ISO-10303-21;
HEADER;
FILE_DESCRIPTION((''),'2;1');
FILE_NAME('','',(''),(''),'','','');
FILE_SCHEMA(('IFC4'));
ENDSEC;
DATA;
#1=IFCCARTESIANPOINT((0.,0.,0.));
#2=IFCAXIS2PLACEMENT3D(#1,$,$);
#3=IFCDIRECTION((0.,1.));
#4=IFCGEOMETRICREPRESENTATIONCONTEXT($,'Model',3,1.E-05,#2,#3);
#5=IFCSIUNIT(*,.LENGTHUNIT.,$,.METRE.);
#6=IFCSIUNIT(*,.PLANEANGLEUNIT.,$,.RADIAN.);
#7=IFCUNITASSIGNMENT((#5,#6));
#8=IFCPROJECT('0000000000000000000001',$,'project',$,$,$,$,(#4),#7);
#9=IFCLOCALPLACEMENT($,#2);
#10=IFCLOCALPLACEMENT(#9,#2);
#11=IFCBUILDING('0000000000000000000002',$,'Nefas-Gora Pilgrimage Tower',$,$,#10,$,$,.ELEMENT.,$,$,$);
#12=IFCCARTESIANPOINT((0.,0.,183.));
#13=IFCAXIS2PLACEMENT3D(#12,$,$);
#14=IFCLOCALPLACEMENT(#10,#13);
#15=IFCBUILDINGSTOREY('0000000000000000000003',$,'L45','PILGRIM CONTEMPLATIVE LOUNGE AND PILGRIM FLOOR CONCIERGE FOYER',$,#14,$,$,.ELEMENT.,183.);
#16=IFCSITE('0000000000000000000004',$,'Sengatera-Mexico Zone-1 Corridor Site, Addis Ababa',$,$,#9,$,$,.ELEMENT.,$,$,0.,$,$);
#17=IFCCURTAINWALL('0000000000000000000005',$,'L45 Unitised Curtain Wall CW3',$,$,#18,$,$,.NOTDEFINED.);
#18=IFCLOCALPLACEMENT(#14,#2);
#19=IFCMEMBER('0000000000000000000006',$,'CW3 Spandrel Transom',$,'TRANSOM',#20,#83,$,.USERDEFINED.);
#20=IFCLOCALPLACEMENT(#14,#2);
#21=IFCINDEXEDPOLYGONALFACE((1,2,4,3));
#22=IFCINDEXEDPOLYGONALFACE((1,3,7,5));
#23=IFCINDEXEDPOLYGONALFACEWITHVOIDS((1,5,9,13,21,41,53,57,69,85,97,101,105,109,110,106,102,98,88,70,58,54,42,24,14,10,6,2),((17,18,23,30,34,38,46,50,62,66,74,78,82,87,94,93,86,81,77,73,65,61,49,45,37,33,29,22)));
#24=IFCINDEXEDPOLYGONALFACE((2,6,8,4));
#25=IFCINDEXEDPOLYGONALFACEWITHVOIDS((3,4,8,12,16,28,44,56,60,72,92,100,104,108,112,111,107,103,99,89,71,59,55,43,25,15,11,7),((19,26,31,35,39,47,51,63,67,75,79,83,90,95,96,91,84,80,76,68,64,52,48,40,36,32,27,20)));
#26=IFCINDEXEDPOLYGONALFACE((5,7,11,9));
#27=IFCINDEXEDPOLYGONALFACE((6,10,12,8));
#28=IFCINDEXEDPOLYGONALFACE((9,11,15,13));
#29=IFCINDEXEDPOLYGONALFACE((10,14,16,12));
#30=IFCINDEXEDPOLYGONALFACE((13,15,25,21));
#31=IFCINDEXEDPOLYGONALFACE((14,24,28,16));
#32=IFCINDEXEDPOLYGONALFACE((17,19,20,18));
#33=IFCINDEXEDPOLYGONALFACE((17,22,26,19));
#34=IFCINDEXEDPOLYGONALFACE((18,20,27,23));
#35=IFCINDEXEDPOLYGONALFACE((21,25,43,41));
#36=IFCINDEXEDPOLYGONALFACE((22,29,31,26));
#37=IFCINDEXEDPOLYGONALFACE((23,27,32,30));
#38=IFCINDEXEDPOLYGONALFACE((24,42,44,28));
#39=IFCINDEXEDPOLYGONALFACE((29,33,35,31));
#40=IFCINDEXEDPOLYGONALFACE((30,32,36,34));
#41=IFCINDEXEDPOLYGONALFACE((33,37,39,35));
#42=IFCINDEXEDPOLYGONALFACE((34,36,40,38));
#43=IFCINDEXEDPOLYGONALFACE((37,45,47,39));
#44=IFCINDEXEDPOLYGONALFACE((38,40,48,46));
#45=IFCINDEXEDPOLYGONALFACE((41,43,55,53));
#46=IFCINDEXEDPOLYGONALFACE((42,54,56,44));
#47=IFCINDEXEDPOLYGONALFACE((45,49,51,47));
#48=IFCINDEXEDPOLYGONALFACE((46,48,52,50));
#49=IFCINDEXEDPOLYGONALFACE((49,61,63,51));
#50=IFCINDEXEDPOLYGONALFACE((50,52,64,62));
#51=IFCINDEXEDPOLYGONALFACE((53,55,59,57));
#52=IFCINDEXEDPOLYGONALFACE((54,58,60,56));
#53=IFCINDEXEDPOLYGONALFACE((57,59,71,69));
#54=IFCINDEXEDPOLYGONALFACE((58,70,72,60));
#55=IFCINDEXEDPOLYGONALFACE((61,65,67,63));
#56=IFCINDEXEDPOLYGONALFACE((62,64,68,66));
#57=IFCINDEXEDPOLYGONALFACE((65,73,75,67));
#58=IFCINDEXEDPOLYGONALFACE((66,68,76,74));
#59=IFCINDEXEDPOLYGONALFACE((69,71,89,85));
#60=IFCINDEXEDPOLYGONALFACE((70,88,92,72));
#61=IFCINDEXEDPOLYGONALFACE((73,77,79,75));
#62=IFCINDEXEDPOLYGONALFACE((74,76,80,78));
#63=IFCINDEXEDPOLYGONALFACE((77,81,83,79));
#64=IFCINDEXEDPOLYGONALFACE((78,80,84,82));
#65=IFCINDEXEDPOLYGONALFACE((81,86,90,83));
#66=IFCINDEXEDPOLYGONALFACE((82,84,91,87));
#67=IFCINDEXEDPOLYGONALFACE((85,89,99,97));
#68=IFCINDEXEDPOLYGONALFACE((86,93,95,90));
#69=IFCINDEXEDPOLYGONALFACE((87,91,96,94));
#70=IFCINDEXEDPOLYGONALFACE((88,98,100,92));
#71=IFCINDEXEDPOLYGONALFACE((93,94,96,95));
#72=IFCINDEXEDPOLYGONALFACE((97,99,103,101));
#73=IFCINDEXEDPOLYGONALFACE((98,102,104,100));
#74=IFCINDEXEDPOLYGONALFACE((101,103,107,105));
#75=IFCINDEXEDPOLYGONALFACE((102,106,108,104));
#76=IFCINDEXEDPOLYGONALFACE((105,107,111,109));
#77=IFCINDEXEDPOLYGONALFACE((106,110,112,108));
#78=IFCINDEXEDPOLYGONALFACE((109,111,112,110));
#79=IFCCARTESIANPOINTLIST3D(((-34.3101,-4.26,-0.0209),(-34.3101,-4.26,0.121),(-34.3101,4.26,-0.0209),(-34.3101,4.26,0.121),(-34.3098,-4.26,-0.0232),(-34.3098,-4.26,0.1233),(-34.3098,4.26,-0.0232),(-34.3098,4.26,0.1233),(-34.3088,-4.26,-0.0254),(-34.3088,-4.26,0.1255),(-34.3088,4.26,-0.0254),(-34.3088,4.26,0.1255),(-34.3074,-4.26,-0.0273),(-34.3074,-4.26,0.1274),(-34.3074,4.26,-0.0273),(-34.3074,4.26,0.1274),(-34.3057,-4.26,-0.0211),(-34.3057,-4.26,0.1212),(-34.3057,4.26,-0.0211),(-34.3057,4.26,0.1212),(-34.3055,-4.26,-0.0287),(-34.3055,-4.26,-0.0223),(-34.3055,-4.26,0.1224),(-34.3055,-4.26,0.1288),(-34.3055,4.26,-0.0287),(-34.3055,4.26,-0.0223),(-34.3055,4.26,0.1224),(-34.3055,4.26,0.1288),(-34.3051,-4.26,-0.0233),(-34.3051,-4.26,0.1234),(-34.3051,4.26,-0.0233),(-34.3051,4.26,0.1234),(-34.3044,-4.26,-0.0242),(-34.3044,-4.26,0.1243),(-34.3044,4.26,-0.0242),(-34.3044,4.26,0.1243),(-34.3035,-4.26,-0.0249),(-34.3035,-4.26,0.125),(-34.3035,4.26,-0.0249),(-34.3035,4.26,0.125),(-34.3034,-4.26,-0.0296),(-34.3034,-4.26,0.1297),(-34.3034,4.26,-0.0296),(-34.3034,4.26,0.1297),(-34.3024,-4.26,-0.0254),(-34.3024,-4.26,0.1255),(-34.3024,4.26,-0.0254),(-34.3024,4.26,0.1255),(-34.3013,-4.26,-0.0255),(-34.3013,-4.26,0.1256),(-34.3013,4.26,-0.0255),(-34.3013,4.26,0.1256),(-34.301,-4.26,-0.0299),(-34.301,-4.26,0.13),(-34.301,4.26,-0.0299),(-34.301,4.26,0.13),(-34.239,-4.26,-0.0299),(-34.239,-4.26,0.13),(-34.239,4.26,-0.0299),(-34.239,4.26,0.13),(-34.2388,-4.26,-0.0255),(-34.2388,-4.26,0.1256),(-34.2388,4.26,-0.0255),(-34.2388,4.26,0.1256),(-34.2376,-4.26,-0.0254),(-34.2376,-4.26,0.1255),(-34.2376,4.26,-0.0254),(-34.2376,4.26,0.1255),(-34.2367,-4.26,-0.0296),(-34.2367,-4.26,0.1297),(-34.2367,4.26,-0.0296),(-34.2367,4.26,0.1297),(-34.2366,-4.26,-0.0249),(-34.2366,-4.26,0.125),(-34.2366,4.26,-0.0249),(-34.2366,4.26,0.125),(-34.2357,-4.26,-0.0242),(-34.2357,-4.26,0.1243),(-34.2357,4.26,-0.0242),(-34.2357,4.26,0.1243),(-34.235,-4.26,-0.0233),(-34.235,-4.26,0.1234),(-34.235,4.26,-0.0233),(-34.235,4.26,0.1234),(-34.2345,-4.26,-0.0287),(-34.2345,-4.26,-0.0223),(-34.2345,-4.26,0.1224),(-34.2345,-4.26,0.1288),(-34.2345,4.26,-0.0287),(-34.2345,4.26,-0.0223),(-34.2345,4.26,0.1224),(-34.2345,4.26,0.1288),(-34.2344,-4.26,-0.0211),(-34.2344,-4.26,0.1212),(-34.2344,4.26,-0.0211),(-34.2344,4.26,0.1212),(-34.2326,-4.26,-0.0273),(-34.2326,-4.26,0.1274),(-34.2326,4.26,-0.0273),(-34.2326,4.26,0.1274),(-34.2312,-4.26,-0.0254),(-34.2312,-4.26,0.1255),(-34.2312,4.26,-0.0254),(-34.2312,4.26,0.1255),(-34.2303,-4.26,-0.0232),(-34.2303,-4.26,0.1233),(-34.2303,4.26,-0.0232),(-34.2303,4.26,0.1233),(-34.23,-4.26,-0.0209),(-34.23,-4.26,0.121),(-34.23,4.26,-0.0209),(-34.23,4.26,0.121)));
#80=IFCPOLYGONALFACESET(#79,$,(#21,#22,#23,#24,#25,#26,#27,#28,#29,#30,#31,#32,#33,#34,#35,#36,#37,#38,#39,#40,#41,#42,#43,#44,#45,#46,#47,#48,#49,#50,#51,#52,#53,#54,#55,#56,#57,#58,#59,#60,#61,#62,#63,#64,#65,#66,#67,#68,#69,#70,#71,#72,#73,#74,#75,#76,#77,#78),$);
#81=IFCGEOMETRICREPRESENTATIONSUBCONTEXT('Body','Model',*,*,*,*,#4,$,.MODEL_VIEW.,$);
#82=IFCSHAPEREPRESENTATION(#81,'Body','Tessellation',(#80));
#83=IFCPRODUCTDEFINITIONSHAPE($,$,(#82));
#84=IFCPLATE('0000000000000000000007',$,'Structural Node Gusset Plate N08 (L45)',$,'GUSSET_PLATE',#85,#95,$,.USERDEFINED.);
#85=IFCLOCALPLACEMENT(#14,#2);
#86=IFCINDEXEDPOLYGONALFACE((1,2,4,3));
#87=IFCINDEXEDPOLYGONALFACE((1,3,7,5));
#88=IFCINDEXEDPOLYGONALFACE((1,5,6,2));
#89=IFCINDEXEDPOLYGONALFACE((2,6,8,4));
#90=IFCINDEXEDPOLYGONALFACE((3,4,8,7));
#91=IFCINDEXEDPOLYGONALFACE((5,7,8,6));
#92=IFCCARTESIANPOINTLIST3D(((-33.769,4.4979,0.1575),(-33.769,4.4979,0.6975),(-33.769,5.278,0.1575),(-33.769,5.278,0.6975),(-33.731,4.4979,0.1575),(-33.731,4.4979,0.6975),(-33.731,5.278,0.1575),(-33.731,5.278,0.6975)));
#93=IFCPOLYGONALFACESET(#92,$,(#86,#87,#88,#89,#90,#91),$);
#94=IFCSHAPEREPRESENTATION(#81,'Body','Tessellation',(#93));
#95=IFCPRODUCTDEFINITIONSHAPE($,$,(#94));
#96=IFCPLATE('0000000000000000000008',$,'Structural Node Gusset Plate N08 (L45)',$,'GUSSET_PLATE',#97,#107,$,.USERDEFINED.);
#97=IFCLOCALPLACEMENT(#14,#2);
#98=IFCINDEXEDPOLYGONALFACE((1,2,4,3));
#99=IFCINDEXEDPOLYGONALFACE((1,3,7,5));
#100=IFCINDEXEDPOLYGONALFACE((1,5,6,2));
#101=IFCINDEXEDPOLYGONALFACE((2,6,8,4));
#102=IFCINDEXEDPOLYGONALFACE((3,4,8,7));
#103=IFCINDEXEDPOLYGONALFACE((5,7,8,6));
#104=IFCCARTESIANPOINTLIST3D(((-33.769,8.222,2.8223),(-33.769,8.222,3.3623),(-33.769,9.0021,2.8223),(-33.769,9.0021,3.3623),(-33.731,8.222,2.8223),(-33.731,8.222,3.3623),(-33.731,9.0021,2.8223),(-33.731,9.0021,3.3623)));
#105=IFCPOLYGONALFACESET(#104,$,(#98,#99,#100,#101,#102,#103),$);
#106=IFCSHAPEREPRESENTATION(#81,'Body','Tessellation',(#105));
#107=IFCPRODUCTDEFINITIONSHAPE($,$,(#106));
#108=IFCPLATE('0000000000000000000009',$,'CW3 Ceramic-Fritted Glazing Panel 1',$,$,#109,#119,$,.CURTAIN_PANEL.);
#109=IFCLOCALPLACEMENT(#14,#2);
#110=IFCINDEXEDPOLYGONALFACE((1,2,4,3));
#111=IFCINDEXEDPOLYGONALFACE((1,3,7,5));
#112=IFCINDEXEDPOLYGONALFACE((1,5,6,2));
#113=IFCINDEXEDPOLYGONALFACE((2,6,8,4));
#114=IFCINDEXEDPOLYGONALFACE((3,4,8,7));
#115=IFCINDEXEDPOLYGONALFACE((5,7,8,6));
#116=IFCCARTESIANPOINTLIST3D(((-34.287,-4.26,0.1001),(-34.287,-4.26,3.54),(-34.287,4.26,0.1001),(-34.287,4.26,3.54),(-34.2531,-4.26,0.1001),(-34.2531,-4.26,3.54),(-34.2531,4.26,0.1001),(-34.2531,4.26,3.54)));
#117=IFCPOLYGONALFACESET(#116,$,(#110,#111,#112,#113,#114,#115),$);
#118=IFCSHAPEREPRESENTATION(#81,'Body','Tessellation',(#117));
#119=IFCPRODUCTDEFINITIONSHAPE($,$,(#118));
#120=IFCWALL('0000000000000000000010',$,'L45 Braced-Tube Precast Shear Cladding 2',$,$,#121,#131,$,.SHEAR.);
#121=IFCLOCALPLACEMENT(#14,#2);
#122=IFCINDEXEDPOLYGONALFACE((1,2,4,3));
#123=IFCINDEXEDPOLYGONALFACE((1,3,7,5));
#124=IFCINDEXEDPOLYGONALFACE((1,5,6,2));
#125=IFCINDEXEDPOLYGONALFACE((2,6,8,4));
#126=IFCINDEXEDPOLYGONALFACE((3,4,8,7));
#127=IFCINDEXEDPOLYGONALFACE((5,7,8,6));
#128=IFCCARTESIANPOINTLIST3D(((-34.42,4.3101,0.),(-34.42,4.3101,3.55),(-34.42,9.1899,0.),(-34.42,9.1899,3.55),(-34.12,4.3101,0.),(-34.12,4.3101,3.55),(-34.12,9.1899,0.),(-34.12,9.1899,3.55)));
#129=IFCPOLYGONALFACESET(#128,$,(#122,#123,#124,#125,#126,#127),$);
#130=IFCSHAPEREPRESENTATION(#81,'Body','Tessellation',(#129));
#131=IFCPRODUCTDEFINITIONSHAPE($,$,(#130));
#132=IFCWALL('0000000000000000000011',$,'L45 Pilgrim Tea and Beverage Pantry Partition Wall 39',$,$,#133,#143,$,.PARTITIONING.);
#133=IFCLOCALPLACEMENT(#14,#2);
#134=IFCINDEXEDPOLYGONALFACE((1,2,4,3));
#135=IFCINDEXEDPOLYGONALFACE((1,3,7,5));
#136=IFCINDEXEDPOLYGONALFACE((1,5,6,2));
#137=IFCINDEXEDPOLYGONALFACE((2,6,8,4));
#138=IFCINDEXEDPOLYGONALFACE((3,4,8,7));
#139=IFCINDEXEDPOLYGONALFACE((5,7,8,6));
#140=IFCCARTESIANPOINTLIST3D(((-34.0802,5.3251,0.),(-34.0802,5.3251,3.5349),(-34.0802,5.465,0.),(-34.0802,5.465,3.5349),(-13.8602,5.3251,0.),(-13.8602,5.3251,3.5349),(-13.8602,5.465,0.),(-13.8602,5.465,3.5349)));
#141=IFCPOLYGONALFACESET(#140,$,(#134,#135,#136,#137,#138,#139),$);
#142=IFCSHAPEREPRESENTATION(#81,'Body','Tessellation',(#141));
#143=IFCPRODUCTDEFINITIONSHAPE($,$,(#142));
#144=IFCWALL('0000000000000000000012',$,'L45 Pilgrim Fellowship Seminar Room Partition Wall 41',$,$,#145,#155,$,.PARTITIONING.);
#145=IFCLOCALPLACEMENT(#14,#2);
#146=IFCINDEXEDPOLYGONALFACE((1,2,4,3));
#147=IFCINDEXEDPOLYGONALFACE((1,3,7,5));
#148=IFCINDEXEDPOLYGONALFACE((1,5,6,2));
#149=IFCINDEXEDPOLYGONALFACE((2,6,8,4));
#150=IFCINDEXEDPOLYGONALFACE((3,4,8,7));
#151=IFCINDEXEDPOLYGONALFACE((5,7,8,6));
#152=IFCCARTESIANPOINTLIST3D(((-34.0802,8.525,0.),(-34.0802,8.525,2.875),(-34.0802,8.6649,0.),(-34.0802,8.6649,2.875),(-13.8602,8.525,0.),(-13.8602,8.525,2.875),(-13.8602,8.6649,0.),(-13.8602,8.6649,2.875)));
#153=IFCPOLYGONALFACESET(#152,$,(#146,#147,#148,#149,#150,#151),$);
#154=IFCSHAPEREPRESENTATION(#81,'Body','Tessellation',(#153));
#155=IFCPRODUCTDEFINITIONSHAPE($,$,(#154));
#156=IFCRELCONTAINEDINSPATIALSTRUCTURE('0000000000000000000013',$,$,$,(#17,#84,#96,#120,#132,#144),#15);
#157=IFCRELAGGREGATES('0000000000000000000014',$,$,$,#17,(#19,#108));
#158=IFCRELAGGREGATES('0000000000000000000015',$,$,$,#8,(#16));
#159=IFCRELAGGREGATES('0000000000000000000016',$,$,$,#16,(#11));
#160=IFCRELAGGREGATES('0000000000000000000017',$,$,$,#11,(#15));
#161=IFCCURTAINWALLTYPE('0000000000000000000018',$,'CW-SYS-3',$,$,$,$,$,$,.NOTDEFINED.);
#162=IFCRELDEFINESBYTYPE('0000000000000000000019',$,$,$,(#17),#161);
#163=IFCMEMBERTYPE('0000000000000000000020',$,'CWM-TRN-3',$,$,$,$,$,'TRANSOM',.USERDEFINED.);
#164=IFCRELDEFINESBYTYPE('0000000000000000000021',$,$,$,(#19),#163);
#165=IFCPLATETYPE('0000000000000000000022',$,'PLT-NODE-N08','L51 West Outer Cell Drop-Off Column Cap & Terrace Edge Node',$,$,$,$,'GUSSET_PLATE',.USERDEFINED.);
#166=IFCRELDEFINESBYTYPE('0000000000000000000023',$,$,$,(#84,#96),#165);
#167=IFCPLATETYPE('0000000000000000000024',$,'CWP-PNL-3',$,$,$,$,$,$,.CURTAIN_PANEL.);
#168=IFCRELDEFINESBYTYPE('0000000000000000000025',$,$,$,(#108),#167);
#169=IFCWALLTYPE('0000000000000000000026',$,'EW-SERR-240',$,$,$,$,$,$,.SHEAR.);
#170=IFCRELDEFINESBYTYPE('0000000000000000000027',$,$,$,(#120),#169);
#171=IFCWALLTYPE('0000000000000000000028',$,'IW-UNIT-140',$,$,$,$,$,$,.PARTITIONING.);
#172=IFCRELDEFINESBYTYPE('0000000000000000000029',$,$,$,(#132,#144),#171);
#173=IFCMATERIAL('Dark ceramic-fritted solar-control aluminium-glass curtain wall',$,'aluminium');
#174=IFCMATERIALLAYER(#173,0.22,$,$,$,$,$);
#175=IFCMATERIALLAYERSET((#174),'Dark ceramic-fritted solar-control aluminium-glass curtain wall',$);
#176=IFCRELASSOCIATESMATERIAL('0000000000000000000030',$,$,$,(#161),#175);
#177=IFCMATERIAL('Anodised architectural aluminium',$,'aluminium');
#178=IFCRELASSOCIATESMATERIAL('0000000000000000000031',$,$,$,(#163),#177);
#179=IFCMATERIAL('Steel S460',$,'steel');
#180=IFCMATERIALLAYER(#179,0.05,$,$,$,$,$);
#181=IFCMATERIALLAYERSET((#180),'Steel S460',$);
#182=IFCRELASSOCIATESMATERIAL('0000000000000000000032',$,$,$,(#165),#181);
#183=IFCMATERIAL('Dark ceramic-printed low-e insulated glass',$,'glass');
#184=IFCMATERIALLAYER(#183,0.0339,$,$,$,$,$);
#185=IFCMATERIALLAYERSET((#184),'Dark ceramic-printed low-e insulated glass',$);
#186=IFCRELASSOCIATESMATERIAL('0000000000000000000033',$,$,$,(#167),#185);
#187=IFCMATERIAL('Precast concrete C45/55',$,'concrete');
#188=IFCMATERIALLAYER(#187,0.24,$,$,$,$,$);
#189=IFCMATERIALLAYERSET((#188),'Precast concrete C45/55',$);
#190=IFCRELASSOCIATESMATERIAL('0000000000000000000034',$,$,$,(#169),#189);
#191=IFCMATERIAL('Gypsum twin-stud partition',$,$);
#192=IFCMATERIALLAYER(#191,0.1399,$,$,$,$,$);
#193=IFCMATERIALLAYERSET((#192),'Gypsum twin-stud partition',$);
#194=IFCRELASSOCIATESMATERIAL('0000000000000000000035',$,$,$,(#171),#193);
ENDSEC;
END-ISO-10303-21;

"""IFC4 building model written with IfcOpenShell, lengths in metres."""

from ifc_helpers import new_model, si_unit, direction, frame, frame_2d, origin, origin_2d, place, context, subcontext, project, spatial, rectangle, hollow_rectangle, extrude, source, transform, mapped, material, layer, layer_set, material_profile, profile_set, type_object, element, aggregate, save


model = new_model("IFC4")

# Units and contexts
model_context = context("Model", 3, precision=1e-05, world=origin(), true_north=direction((0.0, 1.0)))
body_context = subcontext(model_context, "Body", "Model", "MODEL_VIEW")
ifc_project = project(units=[si_unit("LENGTHUNIT", "METRE"), si_unit("PLANEANGLEUNIT", "RADIAN")], contexts=[model_context])

# Site, building, storey
site_placement = place(None, origin())
site = spatial("IfcSite", under=ifc_project, at=site_placement, Name="Sengatera-Mexico Zone-1 Corridor Site, Addis Ababa", CompositionType="ELEMENT", RefElevation=0.0)
building_placement = place(site_placement, origin())
building = spatial("IfcBuilding", under=site, at=building_placement, Name="Nefas-Gora Pilgrimage Tower", CompositionType="ELEMENT")
storey_placement = place(building_placement, frame((0.0, 0.0, 183.0)))
storey = spatial("IfcBuildingStorey", under=building, at=storey_placement, Name="L45", Description="PILGRIM CONTEMPLATIVE LOUNGE AND PILGRIM FLOOR CONCIERGE FOYER", CompositionType="ELEMENT", Elevation=183.0)

# Shared definitions
ifc_material_1 = material(Name="Steel S460", Category="steel")

# Curtain wall, member
ifc_material_2 = material(Name="Dark ceramic-fritted solar-control aluminium-glass curtain wall", Category="aluminium")
ifc_layer_1 = layer(ifc_material_2, 0.22)
ifc_layer_set_1 = layer_set([ifc_layer_1], Name="Dark ceramic-fritted solar-control aluminium-glass curtain wall")
curtain_wall_type = type_object("IfcCurtainWallType", Name="CW-SYS-3", PredefinedType="NOTDEFINED", material=ifc_layer_set_1)
curtain_wall_placement = place(storey_placement, origin())
curtain_wall = element("IfcCurtainWall", 1, at=curtain_wall_placement, inside=storey, type_object=curtain_wall_type, Name="L45 Unitised Curtain Wall CW3", PredefinedType="NOTDEFINED")
ifc_material_3 = material(Name="Anodised architectural aluminium", Category="aluminium")
ifc_material_profile_1 = material_profile(ifc_material_3, hollow_rectangle(XDim=0.0801, YDim=0.1599, WallThickness=0.0044, InnerFilletRadius=0.0044, OuterFilletRadius=0.009, at=origin_2d()), Name="ALU TRANSOM 80x160")
ifc_profile_set_1 = profile_set([ifc_material_profile_1], Name="Anodised architectural aluminium")
member_type_1 = type_object("IfcMemberType", Name="CWM-TRN-3", ElementType="TRANSOM", PredefinedType="USERDEFINED", material=ifc_profile_set_1)
shared_shape_1 = source(origin(), body_context, "Body", "SweptSolid", [
    extrude(hollow_rectangle(XDim=0.0801, YDim=0.1599, WallThickness=0.0044, InnerFilletRadius=0.0044, OuterFilletRadius=0.009, at=origin_2d()), origin(), (0.0, 0.0, 1.0), 8.52),
])
member_1_placement = place(storey_placement, frame((-34.27, 4.26, 0.05), z_axis=(0.0, -1.0, 0.0), x_axis=(1.0, 0.0, 0.0)))
member_1 = element("IfcMember", 2, at=member_1_placement, type_object=member_type_1, Name="CW3 Spandrel Transom", ObjectType="TRANSOM", PredefinedType="USERDEFINED", context=body_context, shape_type="MappedRepresentation", body=[
    mapped(shared_shape_1, transform((0.0, 0.0, 0.0), x_axis=(1.0, 0.0, 0.0), y_axis=(0.0, 1.0, 0.0), z_axis=(0.0, 0.0, 1.0), scale=1.0)),
])

# Plates
ifc_layer_2 = layer(ifc_material_1, 0.05)
ifc_layer_set_2 = layer_set([ifc_layer_2], Name="Steel S460")
plate_type_1 = type_object("IfcPlateType", Name="PLT-NODE-N08", Description="L51 West Outer Cell Drop-Off Column Cap & Terrace Edge Node", ElementType="GUSSET_PLATE", PredefinedType="USERDEFINED", material=ifc_layer_set_2)
shared_shape_2 = source(origin(), body_context, "Body", "SweptSolid", [
    extrude(rectangle(XDim=0.78, YDim=0.0381, at=origin_2d()), origin(), (0.0, 0.0, 1.0), 0.54),
])
for number, where, z_axis, x_axis, name in (
    (3, (-33.75, 4.8879, 0.1575), (0.0, 0.0, 1.0), (0.0, 1.0, 0.0), "Structural Node Gusset Plate N08 (L45)"),
    (4, (-33.75, 8.6121, 2.8223), (0.0, 0.0, 1.0), (0.0, 1.0, 0.0), "Structural Node Gusset Plate N08 (L45)"),
):
    element("IfcPlate", number, at=place(storey_placement, frame(where, z_axis=z_axis, x_axis=x_axis)), inside=storey, type_object=plate_type_1, Name=name, ObjectType="GUSSET_PLATE", PredefinedType="USERDEFINED", context=body_context, shape_type="MappedRepresentation", body=[
        mapped(shared_shape_2, transform((0.0, 0.0, 0.0), x_axis=(1.0, 0.0, 0.0), y_axis=(0.0, 1.0, 0.0), z_axis=(0.0, 0.0, 1.0), scale=1.0)),
    ])

# Plate
ifc_material_4 = material(Name="Dark ceramic-printed low-e insulated glass", Category="glass")
ifc_layer_3 = layer(ifc_material_4, 0.0339)
ifc_layer_set_3 = layer_set([ifc_layer_3], Name="Dark ceramic-printed low-e insulated glass")
plate_type_2 = type_object("IfcPlateType", Name="CWP-PNL-3", PredefinedType="CURTAIN_PANEL", material=ifc_layer_set_3)
shared_shape_3 = source(origin(), body_context, "Body", "SweptSolid", [
    extrude(rectangle(XDim=8.52, YDim=0.0339, at=origin_2d()), origin(), (0.0, 0.0, 1.0), 3.4399),
])
plate_placement = place(storey_placement, frame((-34.27, 0.0, 0.1001), z_axis=(0.0, 0.0, 1.0), x_axis=(0.0, -1.0, 0.0)))
plate = element("IfcPlate", 5, at=plate_placement, type_object=plate_type_2, Name="CW3 Ceramic-Fritted Glazing Panel 1", PredefinedType="CURTAIN_PANEL", context=body_context, shape_type="MappedRepresentation", body=[
    mapped(shared_shape_3, transform((0.0, 0.0, 0.0), x_axis=(1.0, 0.0, 0.0), y_axis=(0.0, 1.0, 0.0), z_axis=(0.0, 0.0, 1.0), scale=1.0)),
])
aggregate(curtain_wall, [member_1, plate])

# Walls
ifc_material_5 = material(Name="Precast concrete C45/55", Category="concrete")
ifc_layer_4 = layer(ifc_material_5, 0.24)
ifc_layer_set_4 = layer_set([ifc_layer_4], Name="Precast concrete C45/55")
wall_type_1 = type_object("IfcWallType", Name="EW-SERR-240", PredefinedType="SHEAR", material=ifc_layer_set_4)
shared_shape_4 = source(origin(), body_context, "Body", "SweptSolid", [
    extrude(rectangle(XDim=4.8799, YDim=0.3, at=frame_2d((2.4399, 0.0))), origin(), (0.0, 0.0, 1.0), 3.55),
])
wall_1_placement = place(storey_placement, frame((-34.27, 4.3101, 0.0), z_axis=(0.0, 0.0, 1.0), x_axis=(0.0, 1.0, 0.0)))
element("IfcWall", 6, at=wall_1_placement, inside=storey, type_object=wall_type_1, Name="L45 Braced-Tube Precast Shear Cladding 2", PredefinedType="SHEAR", context=body_context, shape_type="MappedRepresentation", body=[
    mapped(shared_shape_4, transform((0.0, 0.0, 0.0), x_axis=(1.0, 0.0, 0.0), y_axis=(0.0, 1.0, 0.0), z_axis=(0.0, 0.0, 1.0), scale=1.0)),
])
ifc_material_6 = material(Name="Gypsum twin-stud partition")
ifc_layer_5 = layer(ifc_material_6, 0.1399)
ifc_layer_set_5 = layer_set([ifc_layer_5], Name="Gypsum twin-stud partition")
wall_type_2 = type_object("IfcWallType", Name="IW-UNIT-140", PredefinedType="PARTITIONING", material=ifc_layer_set_5)
shared_shape_5 = source(origin(), body_context, "Body", "SweptSolid", [
    extrude(rectangle(XDim=20.22, YDim=0.1399, at=frame_2d((10.1099, 0.0))), origin(), (0.0, 0.0, 1.0), 3.5349),
])
wall_2_placement = place(storey_placement, frame((-34.0801, 5.395, 0.0), z_axis=(0.0, 0.0, 1.0), x_axis=(1.0, 0.0, 0.0)))
element("IfcWall", 7, at=wall_2_placement, inside=storey, type_object=wall_type_2, Name="L45 Pilgrim Tea and Beverage Pantry Partition Wall 39", PredefinedType="PARTITIONING", context=body_context, shape_type="MappedRepresentation", body=[
    mapped(shared_shape_5, transform((0.0, 0.0, 0.0), x_axis=(1.0, 0.0, 0.0), y_axis=(0.0, 1.0, 0.0), z_axis=(0.0, 0.0, 1.0), scale=1.0)),
])
shared_shape_6 = source(origin(), body_context, "Body", "SweptSolid", [
    extrude(rectangle(XDim=20.22, YDim=0.1399, at=frame_2d((10.1099, 0.0))), origin(), (0.0, 0.0, 1.0), 2.875),
])
wall_3_placement = place(storey_placement, frame((-34.0801, 8.595, 0.0), z_axis=(0.0, 0.0, 1.0), x_axis=(1.0, 0.0, 0.0)))
element("IfcWall", 8, at=wall_3_placement, inside=storey, type_object=wall_type_2, Name="L45 Pilgrim Fellowship Seminar Room Partition Wall 41", PredefinedType="PARTITIONING", context=body_context, shape_type="MappedRepresentation", body=[
    mapped(shared_shape_6, transform((0.0, 0.0, 0.0), x_axis=(1.0, 0.0, 0.0), y_axis=(0.0, 1.0, 0.0), z_axis=(0.0, 0.0, 1.0), scale=1.0)),
])

save(model, "model.ifc")
